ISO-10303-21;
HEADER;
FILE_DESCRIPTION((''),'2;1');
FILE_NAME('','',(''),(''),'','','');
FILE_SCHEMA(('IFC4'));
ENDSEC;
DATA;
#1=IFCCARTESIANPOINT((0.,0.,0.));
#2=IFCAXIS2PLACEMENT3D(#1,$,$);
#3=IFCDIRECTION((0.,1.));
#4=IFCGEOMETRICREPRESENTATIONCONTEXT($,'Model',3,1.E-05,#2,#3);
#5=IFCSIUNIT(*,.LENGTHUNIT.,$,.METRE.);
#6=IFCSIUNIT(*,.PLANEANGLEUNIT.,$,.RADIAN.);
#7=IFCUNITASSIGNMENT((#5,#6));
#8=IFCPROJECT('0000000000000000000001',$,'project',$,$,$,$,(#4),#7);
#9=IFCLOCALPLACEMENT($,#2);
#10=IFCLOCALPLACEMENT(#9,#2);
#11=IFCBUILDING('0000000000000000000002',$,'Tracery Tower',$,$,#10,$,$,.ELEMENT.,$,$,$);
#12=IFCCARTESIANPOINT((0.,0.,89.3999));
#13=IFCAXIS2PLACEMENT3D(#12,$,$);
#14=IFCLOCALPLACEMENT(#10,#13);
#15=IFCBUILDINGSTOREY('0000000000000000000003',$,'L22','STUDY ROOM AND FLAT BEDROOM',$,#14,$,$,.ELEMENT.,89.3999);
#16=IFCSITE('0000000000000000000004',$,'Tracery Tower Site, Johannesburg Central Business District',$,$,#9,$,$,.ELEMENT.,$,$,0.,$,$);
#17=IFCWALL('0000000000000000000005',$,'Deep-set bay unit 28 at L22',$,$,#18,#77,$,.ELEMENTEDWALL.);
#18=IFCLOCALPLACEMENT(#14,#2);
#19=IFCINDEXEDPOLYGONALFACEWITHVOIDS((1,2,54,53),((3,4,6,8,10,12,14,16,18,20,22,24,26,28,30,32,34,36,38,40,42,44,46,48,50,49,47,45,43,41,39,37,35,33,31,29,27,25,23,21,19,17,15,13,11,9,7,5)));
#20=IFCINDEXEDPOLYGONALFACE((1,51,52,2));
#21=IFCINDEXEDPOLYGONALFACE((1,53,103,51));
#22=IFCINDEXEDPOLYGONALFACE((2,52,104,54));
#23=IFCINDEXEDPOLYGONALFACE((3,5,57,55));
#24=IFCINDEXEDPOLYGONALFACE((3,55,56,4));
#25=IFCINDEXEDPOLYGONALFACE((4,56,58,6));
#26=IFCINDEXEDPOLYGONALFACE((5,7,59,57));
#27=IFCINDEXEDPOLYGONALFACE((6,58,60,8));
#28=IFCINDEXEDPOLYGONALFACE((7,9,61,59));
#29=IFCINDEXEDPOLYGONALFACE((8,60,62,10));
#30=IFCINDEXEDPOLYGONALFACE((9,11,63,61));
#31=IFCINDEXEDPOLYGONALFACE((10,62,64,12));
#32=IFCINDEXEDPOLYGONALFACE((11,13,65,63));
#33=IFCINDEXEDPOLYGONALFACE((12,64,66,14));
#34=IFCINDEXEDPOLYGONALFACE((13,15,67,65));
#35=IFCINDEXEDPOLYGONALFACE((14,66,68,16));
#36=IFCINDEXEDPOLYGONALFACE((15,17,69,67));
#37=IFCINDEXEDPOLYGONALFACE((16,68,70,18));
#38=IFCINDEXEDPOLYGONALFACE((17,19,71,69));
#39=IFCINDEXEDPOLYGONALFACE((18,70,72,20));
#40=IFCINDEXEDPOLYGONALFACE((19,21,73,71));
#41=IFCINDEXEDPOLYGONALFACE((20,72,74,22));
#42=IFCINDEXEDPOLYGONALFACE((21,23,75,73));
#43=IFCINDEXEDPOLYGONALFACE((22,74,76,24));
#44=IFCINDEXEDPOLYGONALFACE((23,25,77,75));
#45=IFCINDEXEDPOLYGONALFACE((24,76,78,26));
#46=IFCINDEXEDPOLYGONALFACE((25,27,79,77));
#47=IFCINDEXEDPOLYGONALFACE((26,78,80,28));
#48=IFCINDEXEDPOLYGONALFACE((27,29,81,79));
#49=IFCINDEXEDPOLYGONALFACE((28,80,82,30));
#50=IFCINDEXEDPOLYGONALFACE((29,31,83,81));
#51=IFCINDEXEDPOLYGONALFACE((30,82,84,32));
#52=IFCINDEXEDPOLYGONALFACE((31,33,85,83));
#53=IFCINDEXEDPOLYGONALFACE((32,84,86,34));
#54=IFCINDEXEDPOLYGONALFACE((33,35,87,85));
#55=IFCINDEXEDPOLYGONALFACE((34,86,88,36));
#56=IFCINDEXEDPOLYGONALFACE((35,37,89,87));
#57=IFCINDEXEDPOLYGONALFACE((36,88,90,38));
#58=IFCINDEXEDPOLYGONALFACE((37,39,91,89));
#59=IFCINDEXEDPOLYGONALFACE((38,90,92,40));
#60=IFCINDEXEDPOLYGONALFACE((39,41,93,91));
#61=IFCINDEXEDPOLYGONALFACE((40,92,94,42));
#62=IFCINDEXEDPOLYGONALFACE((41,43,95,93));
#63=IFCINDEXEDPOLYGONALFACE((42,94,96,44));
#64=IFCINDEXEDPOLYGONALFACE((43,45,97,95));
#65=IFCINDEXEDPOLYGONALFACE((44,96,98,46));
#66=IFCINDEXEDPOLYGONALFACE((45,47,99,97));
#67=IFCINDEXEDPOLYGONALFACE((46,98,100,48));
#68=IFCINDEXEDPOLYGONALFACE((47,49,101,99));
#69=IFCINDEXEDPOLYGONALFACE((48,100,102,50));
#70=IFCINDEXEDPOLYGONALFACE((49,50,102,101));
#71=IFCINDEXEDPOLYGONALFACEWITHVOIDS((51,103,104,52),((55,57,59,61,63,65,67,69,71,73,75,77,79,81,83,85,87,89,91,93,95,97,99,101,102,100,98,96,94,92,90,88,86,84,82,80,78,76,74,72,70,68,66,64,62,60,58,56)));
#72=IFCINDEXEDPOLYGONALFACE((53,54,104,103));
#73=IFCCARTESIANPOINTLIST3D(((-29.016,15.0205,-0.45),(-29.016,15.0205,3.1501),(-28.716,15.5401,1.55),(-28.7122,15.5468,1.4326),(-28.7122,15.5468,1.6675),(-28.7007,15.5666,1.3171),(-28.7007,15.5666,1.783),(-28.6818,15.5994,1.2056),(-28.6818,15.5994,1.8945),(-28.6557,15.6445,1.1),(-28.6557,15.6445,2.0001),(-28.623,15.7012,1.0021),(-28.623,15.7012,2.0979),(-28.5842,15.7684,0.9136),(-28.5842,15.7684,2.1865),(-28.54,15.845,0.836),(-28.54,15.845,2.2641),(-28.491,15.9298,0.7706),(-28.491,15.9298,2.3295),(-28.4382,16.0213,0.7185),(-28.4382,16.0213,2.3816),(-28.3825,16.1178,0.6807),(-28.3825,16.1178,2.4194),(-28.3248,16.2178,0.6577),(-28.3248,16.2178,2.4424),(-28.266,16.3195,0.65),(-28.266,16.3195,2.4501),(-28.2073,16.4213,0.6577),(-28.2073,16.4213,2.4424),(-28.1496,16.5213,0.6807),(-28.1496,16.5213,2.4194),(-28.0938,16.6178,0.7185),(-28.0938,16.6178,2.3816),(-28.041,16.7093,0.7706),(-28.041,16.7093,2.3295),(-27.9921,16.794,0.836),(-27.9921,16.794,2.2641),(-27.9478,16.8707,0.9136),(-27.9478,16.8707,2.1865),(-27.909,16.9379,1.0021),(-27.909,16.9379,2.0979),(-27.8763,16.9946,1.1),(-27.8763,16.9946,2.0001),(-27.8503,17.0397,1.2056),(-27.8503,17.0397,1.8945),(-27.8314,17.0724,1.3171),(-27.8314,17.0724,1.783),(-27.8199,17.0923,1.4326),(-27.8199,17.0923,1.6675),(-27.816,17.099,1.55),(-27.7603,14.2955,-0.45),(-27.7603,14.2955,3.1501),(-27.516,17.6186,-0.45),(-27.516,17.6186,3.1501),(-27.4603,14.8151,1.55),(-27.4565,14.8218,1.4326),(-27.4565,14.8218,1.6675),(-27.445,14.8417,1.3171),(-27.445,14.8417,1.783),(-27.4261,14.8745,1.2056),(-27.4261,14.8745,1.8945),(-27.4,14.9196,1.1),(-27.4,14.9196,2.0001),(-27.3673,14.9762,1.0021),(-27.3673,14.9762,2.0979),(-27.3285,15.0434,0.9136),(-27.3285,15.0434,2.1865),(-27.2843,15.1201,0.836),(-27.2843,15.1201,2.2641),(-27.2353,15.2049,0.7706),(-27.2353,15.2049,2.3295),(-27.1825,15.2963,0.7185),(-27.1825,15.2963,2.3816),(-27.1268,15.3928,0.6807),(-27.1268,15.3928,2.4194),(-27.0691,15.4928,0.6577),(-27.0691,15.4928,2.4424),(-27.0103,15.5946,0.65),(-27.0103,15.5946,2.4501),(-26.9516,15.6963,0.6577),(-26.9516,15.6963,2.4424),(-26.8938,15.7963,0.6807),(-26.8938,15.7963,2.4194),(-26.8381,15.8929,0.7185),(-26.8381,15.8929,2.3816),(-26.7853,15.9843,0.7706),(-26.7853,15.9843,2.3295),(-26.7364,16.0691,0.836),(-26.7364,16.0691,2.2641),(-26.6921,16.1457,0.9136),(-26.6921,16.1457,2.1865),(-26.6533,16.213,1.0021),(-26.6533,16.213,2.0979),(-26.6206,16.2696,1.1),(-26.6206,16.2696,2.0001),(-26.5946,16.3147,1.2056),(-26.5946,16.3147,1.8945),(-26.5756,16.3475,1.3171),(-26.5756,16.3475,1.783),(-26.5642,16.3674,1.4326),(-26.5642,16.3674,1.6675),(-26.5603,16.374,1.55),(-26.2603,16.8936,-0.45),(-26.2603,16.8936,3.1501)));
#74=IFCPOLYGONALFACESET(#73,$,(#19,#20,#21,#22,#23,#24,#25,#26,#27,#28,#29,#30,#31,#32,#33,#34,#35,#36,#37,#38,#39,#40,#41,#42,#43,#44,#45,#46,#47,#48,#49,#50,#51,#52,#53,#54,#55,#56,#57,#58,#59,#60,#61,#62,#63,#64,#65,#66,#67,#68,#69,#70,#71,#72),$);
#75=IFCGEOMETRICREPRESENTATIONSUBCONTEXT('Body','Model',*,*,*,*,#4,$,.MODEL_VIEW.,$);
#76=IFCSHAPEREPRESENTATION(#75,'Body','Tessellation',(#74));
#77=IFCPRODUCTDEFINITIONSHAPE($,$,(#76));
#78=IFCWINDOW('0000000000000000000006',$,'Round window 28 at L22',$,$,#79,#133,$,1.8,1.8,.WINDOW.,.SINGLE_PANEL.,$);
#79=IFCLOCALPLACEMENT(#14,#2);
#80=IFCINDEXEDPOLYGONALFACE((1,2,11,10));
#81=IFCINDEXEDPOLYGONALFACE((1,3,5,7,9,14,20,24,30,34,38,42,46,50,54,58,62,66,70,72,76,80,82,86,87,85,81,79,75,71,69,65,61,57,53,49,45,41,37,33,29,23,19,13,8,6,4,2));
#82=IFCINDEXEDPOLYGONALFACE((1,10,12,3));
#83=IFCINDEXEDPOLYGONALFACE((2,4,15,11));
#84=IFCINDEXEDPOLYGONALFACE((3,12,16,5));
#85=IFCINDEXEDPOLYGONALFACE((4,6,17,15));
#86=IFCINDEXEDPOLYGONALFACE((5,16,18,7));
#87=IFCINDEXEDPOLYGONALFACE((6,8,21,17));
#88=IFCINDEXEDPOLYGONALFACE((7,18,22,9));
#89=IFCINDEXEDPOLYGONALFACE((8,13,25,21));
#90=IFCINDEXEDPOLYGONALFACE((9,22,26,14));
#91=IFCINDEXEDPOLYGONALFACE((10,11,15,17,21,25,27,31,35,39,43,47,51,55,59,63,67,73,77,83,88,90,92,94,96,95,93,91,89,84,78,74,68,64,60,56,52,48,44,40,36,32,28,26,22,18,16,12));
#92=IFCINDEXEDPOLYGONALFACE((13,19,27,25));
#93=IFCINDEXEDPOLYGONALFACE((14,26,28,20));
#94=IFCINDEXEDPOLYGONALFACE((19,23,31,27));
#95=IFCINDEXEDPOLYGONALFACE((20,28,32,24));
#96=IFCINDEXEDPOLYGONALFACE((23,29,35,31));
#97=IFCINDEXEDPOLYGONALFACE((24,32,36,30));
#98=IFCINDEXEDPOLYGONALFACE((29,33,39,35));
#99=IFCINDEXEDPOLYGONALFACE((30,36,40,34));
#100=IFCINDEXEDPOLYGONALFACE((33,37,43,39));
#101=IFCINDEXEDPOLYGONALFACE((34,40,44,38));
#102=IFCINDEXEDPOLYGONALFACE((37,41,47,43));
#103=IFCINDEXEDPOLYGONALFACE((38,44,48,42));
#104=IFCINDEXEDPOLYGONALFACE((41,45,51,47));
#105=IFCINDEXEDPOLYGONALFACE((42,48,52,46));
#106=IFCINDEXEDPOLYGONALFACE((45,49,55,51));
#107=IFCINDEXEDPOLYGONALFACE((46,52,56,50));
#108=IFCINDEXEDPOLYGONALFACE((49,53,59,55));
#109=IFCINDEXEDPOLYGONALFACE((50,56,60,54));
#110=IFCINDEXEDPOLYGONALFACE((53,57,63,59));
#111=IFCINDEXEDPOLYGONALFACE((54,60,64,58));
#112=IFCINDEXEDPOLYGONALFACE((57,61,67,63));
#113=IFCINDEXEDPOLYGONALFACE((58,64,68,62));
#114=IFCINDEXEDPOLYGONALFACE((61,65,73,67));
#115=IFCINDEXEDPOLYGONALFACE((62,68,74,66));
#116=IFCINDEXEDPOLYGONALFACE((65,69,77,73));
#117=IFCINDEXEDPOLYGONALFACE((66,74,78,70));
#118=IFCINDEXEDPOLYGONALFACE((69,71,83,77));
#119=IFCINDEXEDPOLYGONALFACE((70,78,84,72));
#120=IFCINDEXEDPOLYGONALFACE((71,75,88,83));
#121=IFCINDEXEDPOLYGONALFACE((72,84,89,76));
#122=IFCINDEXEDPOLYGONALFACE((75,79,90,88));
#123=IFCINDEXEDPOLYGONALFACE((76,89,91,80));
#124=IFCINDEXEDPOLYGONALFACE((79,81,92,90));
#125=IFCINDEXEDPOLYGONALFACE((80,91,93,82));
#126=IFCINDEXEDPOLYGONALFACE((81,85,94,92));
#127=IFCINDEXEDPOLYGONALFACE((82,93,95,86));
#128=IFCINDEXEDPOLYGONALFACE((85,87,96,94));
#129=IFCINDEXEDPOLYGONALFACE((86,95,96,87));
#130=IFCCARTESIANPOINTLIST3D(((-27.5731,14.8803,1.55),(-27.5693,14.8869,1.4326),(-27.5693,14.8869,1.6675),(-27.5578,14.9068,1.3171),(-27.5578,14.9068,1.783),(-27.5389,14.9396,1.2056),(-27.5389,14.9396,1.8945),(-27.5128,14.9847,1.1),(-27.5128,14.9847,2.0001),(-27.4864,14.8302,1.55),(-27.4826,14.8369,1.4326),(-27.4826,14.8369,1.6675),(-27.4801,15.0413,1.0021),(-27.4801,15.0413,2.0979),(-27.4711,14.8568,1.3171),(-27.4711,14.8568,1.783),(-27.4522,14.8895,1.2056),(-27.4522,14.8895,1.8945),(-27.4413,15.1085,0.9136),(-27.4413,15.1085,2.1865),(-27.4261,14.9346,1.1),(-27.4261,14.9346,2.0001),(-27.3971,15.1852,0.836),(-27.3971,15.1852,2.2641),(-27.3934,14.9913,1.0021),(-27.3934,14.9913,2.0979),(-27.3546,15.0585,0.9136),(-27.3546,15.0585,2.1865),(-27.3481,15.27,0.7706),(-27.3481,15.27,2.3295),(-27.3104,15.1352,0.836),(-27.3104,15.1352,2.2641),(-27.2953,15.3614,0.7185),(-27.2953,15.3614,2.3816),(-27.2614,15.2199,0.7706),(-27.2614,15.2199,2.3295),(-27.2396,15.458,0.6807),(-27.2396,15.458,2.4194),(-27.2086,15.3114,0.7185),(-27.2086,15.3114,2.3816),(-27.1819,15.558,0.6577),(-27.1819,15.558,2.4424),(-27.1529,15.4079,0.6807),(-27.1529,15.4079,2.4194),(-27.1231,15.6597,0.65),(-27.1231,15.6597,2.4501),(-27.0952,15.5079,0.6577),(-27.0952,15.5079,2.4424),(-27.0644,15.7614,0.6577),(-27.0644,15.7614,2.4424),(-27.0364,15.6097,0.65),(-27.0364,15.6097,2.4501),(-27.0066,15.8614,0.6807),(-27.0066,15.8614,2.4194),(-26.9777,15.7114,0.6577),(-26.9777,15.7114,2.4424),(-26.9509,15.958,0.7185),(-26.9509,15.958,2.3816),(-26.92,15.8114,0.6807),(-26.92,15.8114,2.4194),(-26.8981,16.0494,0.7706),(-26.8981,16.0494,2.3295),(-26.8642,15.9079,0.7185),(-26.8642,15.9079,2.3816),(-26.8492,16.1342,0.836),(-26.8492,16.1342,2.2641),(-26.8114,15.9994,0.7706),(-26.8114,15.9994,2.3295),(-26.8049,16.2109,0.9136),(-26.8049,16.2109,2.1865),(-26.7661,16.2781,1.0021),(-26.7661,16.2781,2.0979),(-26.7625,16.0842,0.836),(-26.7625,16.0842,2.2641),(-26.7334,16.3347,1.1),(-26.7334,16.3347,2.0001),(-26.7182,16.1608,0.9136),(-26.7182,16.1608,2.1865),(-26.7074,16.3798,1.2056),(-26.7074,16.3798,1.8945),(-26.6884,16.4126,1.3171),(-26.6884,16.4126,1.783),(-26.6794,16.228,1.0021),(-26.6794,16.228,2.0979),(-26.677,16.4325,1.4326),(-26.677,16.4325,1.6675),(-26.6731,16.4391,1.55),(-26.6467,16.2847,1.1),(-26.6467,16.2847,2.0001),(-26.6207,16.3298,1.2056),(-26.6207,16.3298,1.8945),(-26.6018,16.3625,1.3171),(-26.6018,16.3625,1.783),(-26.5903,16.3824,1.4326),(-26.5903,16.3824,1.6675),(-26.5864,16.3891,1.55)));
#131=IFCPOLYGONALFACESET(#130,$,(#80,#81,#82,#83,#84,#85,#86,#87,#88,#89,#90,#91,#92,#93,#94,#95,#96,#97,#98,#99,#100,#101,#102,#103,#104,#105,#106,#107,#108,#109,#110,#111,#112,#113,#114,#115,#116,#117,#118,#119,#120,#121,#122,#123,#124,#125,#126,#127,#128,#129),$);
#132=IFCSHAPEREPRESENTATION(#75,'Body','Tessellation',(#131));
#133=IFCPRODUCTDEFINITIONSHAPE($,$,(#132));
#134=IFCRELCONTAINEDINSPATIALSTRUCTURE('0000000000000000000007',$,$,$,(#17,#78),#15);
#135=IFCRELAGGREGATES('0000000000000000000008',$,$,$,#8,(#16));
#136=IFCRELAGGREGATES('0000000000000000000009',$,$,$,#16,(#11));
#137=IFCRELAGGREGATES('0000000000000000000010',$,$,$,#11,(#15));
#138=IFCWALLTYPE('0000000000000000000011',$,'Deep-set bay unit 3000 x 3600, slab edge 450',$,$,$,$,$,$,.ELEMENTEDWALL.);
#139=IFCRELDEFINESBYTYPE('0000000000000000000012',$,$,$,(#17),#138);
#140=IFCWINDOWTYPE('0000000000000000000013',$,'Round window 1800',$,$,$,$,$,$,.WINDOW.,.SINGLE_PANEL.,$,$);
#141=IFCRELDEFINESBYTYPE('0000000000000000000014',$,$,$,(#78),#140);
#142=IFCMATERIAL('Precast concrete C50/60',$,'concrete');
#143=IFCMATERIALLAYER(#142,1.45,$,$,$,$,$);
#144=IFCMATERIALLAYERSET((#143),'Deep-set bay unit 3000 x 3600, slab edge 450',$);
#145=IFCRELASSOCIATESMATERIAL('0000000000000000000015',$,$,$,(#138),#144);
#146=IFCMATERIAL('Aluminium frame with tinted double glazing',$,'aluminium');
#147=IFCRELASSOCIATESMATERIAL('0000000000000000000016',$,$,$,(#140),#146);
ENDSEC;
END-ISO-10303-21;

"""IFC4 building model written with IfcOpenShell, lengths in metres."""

from ifc_helpers import new_model, si_unit, direction, frame, frame_2d, origin, origin_2d, place, context, subcontext, project, spatial, rectangle, circle, extrude, material, layer, layer_set, type_object, element, fill, save


model = new_model("IFC4")

# Units and contexts
model_context = context("Model", 3, precision=1e-05, world=origin(), true_north=direction((0.0, 1.0)))
body_context = subcontext(model_context, "Body", "Model", "MODEL_VIEW")
ifc_project = project(units=[si_unit("LENGTHUNIT", "METRE"), si_unit("PLANEANGLEUNIT", "RADIAN")], contexts=[model_context])

# Site, building, storey
site_placement = place(None, origin())
site = spatial("IfcSite", under=ifc_project, at=site_placement, Name="Tracery Tower Site, Johannesburg Central Business District", CompositionType="ELEMENT", RefElevation=0.0)
building_placement = place(site_placement, origin())
building = spatial("IfcBuilding", under=site, at=building_placement, Name="Tracery Tower", CompositionType="ELEMENT")
storey_placement = place(building_placement, frame((0.0, 0.0, 89.3999)))
storey = spatial("IfcBuildingStorey", under=building, at=storey_placement, Name="L22", Description="STUDY ROOM AND FLAT BEDROOM", CompositionType="ELEMENT", Elevation=89.3999)

# Wall, opening, window
ifc_material_1 = material(Name="Precast concrete C50/60", Category="concrete")
ifc_layer_1 = layer(ifc_material_1, 1.45)
ifc_layer_set_1 = layer_set([ifc_layer_1], Name="Deep-set bay unit 3000 x 3600, slab edge 450")
wall_type_1 = type_object("IfcWallType", Name="Deep-set bay unit 3000 x 3600, slab edge 450", PredefinedType="ELEMENTEDWALL", material=ifc_layer_set_1)
wall_1_placement = place(storey_placement, frame((-26.8882, 17.2561, -0.45), z_axis=(0.0, 0.0, 1.0), x_axis=(-0.49999, -0.866031, 0.0)))
wall_1 = element("IfcWall", 1, at=wall_1_placement, inside=storey, type_object=wall_type_1, Name="Deep-set bay unit 28 at L22", PredefinedType="ELEMENTEDWALL", context=body_context, shape_type="SweptSolid", body=[
    extrude(rectangle(XDim=3.0, YDim=1.45, at=frame_2d((1.5, 0.0))), origin(), (0.0, 0.0, 1.0), 3.6001),
])
opening_1_placement = place(wall_1_placement, frame((1.5, 0.0, 2.0)))
opening_1 = element("IfcOpeningElement", 2, at=opening_1_placement, cuts=wall_1, PredefinedType="OPENING", context=body_context, shape_type="SweptSolid", body=[
    extrude(circle(Radius=0.9, at=origin_2d()), frame((0.0, 0.7349, 0.0), z_axis=(0.0, -1.0, 0.0), x_axis=(1.0, 0.0, 0.0)), (0.0, 0.0, 1.0), 1.47),
])
ifc_material_2 = material(Name="Aluminium frame with tinted double glazing", Category="aluminium")
window_type = type_object("IfcWindowType", Name="Round window 1800", PartitioningType="SINGLE_PANEL", PredefinedType="WINDOW", material=ifc_material_2)
window_1_placement = place(opening_1_placement, origin())
window_1 = element("IfcWindow", 3, at=window_1_placement, inside=storey, type_object=window_type, Name="Round window 28 at L22", OverallHeight=1.8, OverallWidth=1.8, PartitioningType="SINGLE_PANEL", PredefinedType="WINDOW", context=body_context, shape_type="SweptSolid", body=[
    extrude(circle(Radius=0.9, at=origin_2d()), frame((0.0, 0.6948, 0.0), z_axis=(0.0, -1.0, 0.0), x_axis=(1.0, 0.0, 0.0)), (0.0, 0.0, 1.0), 0.1001),
])
fill(opening_1, window_1)

save(model, "model.ifc")
